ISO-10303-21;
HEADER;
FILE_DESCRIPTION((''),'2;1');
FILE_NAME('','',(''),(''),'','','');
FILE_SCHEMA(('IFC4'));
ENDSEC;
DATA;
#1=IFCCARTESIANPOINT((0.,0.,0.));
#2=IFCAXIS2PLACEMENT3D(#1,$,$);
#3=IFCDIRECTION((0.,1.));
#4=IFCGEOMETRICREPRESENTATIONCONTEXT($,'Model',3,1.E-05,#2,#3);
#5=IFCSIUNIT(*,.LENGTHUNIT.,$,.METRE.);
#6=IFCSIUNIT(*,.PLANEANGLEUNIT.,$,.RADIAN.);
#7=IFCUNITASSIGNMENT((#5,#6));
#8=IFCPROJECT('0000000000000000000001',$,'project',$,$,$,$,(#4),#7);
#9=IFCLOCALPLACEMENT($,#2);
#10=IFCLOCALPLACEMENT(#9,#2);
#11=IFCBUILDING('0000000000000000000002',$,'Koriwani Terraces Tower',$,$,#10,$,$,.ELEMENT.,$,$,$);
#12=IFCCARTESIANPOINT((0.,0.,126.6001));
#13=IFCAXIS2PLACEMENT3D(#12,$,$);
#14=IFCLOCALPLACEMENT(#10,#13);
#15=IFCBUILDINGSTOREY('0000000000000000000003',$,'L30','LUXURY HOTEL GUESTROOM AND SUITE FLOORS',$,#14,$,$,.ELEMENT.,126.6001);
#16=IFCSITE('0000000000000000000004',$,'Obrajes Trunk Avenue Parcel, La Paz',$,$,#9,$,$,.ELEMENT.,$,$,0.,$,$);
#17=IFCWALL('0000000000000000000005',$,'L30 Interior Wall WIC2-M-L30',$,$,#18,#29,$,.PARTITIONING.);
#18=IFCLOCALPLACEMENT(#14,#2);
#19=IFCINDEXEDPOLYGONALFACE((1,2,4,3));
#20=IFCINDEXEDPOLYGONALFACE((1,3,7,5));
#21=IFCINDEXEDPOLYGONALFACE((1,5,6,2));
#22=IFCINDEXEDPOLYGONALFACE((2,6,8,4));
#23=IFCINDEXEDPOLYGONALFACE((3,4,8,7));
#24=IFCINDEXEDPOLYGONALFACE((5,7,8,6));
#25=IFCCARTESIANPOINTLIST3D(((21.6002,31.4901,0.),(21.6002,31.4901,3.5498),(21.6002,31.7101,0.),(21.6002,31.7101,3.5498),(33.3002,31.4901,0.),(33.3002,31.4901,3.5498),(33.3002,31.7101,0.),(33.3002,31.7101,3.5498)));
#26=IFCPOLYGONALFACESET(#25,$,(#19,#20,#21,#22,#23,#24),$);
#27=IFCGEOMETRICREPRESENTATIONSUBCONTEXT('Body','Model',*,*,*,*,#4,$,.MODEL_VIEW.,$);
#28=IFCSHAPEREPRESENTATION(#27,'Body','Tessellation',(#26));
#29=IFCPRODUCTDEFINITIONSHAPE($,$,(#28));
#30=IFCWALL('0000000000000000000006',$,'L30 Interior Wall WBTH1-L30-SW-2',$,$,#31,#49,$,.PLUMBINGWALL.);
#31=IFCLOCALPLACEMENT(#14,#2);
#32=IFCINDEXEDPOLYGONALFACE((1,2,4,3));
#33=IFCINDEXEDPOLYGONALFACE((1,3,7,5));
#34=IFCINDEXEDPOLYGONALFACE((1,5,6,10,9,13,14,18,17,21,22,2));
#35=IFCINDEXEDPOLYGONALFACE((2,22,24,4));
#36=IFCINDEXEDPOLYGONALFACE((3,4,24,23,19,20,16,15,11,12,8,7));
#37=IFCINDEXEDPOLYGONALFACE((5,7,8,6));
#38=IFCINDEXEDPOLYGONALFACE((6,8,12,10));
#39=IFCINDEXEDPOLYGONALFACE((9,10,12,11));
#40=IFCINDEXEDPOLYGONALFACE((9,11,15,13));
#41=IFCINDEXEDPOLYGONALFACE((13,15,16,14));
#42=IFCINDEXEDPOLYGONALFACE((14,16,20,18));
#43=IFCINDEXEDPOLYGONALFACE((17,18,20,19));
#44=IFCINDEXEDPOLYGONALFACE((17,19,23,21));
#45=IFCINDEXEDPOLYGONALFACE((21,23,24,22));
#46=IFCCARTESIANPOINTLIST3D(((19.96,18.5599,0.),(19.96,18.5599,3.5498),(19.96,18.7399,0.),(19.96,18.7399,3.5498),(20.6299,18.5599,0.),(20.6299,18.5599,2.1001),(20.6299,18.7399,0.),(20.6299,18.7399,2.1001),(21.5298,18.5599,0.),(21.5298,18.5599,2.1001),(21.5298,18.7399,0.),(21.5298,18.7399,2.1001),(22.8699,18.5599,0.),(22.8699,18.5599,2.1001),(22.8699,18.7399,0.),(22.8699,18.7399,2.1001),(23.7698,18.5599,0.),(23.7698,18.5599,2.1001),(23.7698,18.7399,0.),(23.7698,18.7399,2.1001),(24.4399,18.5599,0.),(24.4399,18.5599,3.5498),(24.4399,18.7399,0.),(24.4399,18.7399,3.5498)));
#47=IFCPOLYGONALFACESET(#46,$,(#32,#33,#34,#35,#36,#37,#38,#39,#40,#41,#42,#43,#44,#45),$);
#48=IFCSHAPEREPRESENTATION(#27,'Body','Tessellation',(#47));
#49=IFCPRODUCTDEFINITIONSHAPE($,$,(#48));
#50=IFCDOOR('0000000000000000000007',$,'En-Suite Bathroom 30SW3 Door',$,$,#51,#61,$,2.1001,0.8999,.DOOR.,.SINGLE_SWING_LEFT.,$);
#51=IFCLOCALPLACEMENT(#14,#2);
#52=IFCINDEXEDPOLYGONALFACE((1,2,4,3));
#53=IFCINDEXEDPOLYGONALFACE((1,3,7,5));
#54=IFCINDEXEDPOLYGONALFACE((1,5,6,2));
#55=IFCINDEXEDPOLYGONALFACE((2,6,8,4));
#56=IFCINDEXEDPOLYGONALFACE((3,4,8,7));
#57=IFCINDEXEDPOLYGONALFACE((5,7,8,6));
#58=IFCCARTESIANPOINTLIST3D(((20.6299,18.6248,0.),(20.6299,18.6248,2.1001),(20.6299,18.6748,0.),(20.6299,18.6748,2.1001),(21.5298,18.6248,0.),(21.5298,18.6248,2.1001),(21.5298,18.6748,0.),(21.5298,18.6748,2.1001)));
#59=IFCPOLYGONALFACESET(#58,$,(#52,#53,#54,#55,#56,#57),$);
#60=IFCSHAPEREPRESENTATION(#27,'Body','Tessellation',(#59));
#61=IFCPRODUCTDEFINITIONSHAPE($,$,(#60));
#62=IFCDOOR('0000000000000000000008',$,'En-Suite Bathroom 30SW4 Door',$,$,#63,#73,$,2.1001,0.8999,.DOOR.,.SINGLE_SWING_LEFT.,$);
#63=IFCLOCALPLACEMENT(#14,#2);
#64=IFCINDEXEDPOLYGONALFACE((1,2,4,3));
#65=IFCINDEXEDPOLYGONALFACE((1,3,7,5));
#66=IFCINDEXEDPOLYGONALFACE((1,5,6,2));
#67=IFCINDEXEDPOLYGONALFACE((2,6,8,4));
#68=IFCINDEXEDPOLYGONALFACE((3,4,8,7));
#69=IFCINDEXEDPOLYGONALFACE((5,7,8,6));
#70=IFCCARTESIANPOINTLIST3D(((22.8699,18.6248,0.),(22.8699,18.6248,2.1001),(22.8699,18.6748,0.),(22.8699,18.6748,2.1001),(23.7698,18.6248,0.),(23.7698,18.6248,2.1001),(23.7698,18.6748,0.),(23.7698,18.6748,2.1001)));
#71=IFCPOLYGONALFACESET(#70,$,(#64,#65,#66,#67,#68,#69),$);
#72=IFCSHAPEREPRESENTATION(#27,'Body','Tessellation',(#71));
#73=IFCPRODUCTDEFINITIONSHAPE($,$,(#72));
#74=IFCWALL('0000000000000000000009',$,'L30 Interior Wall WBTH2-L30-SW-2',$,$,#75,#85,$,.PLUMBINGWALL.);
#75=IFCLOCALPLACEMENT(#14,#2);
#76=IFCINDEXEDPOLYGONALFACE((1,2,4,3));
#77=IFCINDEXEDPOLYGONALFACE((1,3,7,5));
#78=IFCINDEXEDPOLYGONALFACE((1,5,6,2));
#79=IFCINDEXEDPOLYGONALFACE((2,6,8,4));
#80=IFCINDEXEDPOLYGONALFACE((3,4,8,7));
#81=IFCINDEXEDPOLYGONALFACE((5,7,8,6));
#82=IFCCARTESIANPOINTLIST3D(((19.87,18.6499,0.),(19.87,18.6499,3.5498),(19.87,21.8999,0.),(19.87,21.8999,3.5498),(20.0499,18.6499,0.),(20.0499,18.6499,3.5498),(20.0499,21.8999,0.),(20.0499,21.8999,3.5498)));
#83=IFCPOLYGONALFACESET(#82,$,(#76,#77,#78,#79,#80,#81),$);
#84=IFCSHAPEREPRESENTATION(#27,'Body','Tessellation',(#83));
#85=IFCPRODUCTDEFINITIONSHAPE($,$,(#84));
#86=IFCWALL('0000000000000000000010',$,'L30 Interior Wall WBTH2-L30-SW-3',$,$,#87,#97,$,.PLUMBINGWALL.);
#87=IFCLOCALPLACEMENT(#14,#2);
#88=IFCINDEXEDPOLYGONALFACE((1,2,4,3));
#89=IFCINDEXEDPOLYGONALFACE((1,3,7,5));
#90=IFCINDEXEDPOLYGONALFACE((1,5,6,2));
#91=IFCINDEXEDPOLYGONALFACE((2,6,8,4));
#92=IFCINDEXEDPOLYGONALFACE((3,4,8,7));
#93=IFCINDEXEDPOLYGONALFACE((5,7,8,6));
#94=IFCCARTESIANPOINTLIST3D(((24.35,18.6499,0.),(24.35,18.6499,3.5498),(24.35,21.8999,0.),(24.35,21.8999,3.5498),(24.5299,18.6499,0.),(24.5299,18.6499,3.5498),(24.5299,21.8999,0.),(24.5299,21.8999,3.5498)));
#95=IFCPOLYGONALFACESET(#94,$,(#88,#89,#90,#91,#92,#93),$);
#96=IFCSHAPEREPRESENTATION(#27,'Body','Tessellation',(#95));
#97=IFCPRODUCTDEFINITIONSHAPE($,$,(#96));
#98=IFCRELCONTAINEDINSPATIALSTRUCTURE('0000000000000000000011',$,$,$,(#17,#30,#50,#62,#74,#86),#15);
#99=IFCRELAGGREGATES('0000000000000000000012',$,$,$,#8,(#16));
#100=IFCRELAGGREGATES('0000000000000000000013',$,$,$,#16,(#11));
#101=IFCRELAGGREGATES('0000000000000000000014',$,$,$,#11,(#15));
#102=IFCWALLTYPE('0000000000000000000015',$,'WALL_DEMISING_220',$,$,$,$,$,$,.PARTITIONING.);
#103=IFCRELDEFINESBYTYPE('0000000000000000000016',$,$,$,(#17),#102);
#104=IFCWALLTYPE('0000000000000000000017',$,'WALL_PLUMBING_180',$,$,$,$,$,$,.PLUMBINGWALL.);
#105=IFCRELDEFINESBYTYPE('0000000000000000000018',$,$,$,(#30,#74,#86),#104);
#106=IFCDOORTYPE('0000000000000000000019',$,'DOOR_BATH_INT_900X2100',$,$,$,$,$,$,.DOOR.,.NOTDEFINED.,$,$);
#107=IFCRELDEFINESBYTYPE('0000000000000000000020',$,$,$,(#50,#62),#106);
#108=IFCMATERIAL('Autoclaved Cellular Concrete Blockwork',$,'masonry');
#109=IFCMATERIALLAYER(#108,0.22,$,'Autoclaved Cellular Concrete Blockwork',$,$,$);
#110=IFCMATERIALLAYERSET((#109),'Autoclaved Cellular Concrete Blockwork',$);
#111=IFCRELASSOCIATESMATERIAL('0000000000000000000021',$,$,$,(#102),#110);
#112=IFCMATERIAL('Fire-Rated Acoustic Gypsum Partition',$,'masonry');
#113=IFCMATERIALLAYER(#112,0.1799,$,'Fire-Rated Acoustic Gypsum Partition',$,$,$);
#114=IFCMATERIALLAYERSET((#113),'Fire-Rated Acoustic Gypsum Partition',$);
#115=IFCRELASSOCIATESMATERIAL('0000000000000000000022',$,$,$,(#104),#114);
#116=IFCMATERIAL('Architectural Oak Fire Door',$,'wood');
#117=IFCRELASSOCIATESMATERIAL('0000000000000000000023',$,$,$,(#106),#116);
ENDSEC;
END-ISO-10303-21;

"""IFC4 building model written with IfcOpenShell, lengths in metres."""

from ifc_helpers import new_model, si_unit, direction, frame, frame_2d, origin, place, context, subcontext, project, spatial, rectangle, extrude, material, layer, layer_set, type_object, element, fill, save


model = new_model("IFC4")

# Units and contexts
model_context = context("Model", 3, precision=1e-05, world=origin(), true_north=direction((0.0, 1.0)))
body_context = subcontext(model_context, "Body", "Model", "MODEL_VIEW")
ifc_project = project(units=[si_unit("LENGTHUNIT", "METRE"), si_unit("PLANEANGLEUNIT", "RADIAN")], contexts=[model_context])

# Site, building, storey
site_placement = place(None, origin())
site = spatial("IfcSite", under=ifc_project, at=site_placement, Name="Obrajes Trunk Avenue Parcel, La Paz", CompositionType="ELEMENT", RefElevation=0.0)
building_placement = place(site_placement, origin())
building = spatial("IfcBuilding", under=site, at=building_placement, Name="Koriwani Terraces Tower", CompositionType="ELEMENT")
storey_placement = place(building_placement, frame((0.0, 0.0, 126.6001)))
storey = spatial("IfcBuildingStorey", under=building, at=storey_placement, Name="L30", Description="LUXURY HOTEL GUESTROOM AND SUITE FLOORS", CompositionType="ELEMENT", Elevation=126.6001)

# Shared definitions
ifc_material_1 = material(Name="Autoclaved Cellular Concrete Blockwork", Category="masonry")
ifc_material_2 = material(Name="Architectural Oak Fire Door", Category="wood")

# Wall
ifc_layer_1 = layer(ifc_material_1, 0.22, Name="Autoclaved Cellular Concrete Blockwork")
ifc_layer_set_1 = layer_set([ifc_layer_1], Name="Autoclaved Cellular Concrete Blockwork")
wall_type_1 = type_object("IfcWallType", Name="WALL_DEMISING_220", PredefinedType="PARTITIONING", material=ifc_layer_set_1)
wall_1_placement = place(storey_placement, frame((21.6001, 31.6001, 0.0), z_axis=(0.0, 0.0, 1.0), x_axis=(1.0, 0.0, 0.0)))
element("IfcWall", 1, at=wall_1_placement, inside=storey, type_object=wall_type_1, Name="L30 Interior Wall WIC2-M-L30", PredefinedType="PARTITIONING", context=body_context, shape_type="SweptSolid", body=[
    extrude(rectangle(XDim=11.7, YDim=0.22, at=frame_2d((5.8501, 0.0))), origin(), (0.0, 0.0, 1.0), 3.5498),
])

# Wall, openings, doors
ifc_material_3 = material(Name="Fire-Rated Acoustic Gypsum Partition", Category="masonry")
ifc_layer_2 = layer(ifc_material_3, 0.1799, Name="Fire-Rated Acoustic Gypsum Partition")
ifc_layer_set_2 = layer_set([ifc_layer_2], Name="Fire-Rated Acoustic Gypsum Partition")
wall_type_2 = type_object("IfcWallType", Name="WALL_PLUMBING_180", PredefinedType="PLUMBINGWALL", material=ifc_layer_set_2)
wall_2_placement = place(storey_placement, frame((19.96, 18.6499, 0.0), z_axis=(0.0, 0.0, 1.0), x_axis=(1.0, 0.0, 0.0)))
wall_2 = element("IfcWall", 2, at=wall_2_placement, inside=storey, type_object=wall_type_2, Name="L30 Interior Wall WBTH1-L30-SW-2", PredefinedType="PLUMBINGWALL", context=body_context, shape_type="SweptSolid", body=[
    extrude(rectangle(XDim=4.48, YDim=0.1799, at=frame_2d((2.24, 0.0))), origin(), (0.0, 0.0, 1.0), 3.5498),
])
opening_1_placement = place(wall_2_placement, frame((0.6699, 0.0, 0.0)))
opening_1 = element("IfcOpeningElement", 3, at=opening_1_placement, cuts=wall_2, PredefinedType="OPENING", context=body_context, shape_type="SweptSolid", body=[
    extrude(rectangle(XDim=0.8999, YDim=2.1001, at=frame_2d((0.45, 1.05))), frame((0.0, 0.1001, 0.0), z_axis=(0.0, -1.0, 0.0), x_axis=(1.0, 0.0, 0.0)), (0.0, 0.0, 1.0), 0.2),
])
opening_2_placement = place(wall_2_placement, frame((2.9099, 0.0, 0.0)))
opening_2 = element("IfcOpeningElement", 4, at=opening_2_placement, cuts=wall_2, PredefinedType="OPENING", context=body_context, shape_type="SweptSolid", body=[
    extrude(rectangle(XDim=0.8999, YDim=2.1001, at=frame_2d((0.45, 1.05))), frame((0.0, 0.1001, 0.0), z_axis=(0.0, -1.0, 0.0), x_axis=(1.0, 0.0, 0.0)), (0.0, 0.0, 1.0), 0.2),
])
door_type_1 = type_object("IfcDoorType", Name="DOOR_BATH_INT_900X2100", OperationType="NOTDEFINED", PredefinedType="DOOR", material=ifc_material_2)
door_1_placement = place(opening_1_placement, origin())
door_1 = element("IfcDoor", 5, at=door_1_placement, inside=storey, type_object=door_type_1, Name="En-Suite Bathroom 30SW3 Door", OperationType="SINGLE_SWING_LEFT", OverallHeight=2.1001, OverallWidth=0.8999, PredefinedType="DOOR", context=body_context, shape_type="SweptSolid", body=[
    extrude(rectangle(XDim=0.8999, YDim=2.1001, at=frame_2d((0.45, 1.05))), frame((0.0, 0.0249, 0.0), z_axis=(0.0, -1.0, 0.0), x_axis=(1.0, 0.0, 0.0)), (0.0, 0.0, 1.0), 0.05),
])
fill(opening_1, door_1)
door_2_placement = place(opening_2_placement, origin())
door_2 = element("IfcDoor", 6, at=door_2_placement, inside=storey, type_object=door_type_1, Name="En-Suite Bathroom 30SW4 Door", OperationType="SINGLE_SWING_LEFT", OverallHeight=2.1001, OverallWidth=0.8999, PredefinedType="DOOR", context=body_context, shape_type="SweptSolid", body=[
    extrude(rectangle(XDim=0.8999, YDim=2.1001, at=frame_2d((0.45, 1.05))), frame((0.0, 0.0249, 0.0), z_axis=(0.0, -1.0, 0.0), x_axis=(1.0, 0.0, 0.0)), (0.0, 0.0, 1.0), 0.05),
])
fill(opening_2, door_2)

# Walls
for number, where, z_axis, x_axis, name in (
    (7, (19.96, 18.6499, 0.0), (0.0, 0.0, 1.0), (0.0, 1.0, 0.0), "L30 Interior Wall WBTH2-L30-SW-2"),
    (8, (24.4399, 18.6499, 0.0), (0.0, 0.0, 1.0), (0.0, 1.0, 0.0), "L30 Interior Wall WBTH2-L30-SW-3"),
):
    element("IfcWall", number, at=place(storey_placement, frame(where, z_axis=z_axis, x_axis=x_axis)), inside=storey, type_object=wall_type_2, Name=name, PredefinedType="PLUMBINGWALL", context=body_context, shape_type="SweptSolid", body=[
        extrude(rectangle(XDim=3.25, YDim=0.1799, at=frame_2d((1.625, 0.0))), origin(), (0.0, 0.0, 1.0), 3.5498),
    ])

save(model, "model.ifc")
